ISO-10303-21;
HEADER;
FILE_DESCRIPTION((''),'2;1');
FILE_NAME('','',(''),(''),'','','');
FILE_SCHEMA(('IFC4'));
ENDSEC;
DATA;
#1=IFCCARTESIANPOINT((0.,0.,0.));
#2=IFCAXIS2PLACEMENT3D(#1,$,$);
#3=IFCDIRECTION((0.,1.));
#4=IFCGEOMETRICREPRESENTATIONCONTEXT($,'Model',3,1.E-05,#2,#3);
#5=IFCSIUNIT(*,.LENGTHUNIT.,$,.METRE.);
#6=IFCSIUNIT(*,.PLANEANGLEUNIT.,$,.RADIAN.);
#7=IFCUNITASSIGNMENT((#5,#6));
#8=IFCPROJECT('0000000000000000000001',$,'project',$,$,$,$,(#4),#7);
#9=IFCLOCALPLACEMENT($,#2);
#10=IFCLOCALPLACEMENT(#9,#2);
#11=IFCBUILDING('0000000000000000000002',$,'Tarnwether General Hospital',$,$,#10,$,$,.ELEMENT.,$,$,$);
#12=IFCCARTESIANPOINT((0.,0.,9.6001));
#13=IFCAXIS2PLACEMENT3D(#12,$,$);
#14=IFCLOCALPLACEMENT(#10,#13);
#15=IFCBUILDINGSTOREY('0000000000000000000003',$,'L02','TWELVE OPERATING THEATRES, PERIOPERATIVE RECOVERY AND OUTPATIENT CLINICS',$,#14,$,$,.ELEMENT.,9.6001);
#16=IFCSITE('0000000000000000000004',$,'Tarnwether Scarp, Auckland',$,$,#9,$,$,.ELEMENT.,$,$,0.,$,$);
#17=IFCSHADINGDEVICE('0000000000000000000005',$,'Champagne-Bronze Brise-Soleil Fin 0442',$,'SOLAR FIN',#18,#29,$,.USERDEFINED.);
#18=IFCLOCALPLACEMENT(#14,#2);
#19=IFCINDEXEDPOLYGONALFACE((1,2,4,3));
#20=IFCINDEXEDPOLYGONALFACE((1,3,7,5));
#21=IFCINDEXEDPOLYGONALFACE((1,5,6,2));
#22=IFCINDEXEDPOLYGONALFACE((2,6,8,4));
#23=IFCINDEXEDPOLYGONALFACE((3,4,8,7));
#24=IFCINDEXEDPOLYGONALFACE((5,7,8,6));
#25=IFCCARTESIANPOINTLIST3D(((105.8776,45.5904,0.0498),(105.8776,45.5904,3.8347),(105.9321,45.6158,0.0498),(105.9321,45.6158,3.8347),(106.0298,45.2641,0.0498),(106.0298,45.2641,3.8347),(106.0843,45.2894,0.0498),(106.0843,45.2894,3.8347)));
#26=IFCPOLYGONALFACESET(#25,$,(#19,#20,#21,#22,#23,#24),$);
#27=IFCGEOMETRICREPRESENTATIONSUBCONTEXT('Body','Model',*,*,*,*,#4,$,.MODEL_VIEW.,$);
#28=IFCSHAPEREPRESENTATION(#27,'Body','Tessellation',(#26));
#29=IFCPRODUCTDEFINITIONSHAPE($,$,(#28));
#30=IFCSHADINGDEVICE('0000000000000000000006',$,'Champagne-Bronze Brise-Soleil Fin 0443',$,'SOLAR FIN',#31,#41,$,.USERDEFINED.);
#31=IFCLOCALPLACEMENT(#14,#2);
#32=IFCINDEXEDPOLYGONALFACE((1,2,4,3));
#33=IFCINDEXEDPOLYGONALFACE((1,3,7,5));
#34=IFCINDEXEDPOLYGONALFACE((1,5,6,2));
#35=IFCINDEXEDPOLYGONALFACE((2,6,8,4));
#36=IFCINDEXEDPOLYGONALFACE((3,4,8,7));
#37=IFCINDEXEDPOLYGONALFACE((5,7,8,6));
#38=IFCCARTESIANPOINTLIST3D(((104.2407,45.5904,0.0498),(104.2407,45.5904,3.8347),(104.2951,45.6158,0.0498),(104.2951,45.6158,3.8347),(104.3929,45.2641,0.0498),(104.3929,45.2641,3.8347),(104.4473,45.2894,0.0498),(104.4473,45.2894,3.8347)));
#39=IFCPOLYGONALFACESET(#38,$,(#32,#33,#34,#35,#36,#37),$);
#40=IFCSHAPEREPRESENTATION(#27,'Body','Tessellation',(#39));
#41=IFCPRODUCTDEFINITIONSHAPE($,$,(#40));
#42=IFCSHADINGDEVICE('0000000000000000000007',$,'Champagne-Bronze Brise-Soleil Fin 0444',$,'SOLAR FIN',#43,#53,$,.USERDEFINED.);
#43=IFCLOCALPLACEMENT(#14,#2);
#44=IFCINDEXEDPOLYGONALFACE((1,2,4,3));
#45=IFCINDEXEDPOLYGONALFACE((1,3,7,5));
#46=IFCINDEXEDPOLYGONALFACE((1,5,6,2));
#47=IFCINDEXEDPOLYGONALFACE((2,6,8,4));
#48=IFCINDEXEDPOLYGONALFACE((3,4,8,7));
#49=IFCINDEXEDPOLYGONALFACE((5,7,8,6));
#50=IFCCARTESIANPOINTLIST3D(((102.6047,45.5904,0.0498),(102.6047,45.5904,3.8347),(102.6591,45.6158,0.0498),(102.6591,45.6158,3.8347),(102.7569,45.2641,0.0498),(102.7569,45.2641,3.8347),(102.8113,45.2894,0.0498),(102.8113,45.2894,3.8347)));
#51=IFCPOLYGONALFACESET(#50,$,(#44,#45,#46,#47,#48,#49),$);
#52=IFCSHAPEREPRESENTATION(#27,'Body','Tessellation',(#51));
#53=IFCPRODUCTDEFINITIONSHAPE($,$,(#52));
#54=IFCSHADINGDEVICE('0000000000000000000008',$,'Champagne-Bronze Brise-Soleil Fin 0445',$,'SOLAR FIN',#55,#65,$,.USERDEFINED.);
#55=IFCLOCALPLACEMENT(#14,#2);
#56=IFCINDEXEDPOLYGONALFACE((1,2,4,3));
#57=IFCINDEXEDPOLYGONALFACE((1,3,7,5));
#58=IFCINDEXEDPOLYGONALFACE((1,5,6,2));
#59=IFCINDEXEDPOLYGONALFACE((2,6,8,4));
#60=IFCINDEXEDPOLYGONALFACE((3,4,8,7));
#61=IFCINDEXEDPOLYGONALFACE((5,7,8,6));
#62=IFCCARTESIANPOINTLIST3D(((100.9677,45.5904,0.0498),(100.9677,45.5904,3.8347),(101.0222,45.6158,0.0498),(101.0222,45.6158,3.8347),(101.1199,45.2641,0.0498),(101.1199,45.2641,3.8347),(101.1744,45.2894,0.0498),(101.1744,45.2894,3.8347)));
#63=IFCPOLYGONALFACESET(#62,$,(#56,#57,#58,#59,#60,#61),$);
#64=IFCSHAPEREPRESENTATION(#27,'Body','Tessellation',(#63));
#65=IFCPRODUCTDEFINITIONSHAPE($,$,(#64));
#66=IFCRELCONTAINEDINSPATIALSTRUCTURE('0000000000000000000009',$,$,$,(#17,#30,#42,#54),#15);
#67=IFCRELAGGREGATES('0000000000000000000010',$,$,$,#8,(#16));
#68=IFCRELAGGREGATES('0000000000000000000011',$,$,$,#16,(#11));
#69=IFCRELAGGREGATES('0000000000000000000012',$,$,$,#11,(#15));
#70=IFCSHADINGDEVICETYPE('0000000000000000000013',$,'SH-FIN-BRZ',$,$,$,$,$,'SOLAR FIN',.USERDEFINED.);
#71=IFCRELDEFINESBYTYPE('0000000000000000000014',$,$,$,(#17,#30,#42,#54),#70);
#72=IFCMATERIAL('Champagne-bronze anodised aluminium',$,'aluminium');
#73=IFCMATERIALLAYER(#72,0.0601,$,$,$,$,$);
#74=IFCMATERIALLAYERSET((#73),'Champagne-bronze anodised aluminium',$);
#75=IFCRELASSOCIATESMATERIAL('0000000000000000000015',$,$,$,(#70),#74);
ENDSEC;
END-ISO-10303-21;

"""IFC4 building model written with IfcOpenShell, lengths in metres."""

from ifc_helpers import new_model, si_unit, direction, frame, origin, origin_2d, place, context, subcontext, project, spatial, rectangle, extrude, material, layer, layer_set, type_object, element, save


model = new_model("IFC4")

# Units and contexts
model_context = context("Model", 3, precision=1e-05, world=origin(), true_north=direction((0.0, 1.0)))
body_context = subcontext(model_context, "Body", "Model", "MODEL_VIEW")
ifc_project = project(units=[si_unit("LENGTHUNIT", "METRE"), si_unit("PLANEANGLEUNIT", "RADIAN")], contexts=[model_context])

# Site, building, storey
site_placement = place(None, origin())
site = spatial("IfcSite", under=ifc_project, at=site_placement, Name="Tarnwether Scarp, Auckland", CompositionType="ELEMENT", RefElevation=0.0)
building_placement = place(site_placement, origin())
building = spatial("IfcBuilding", under=site, at=building_placement, Name="Tarnwether General Hospital", CompositionType="ELEMENT")
storey_placement = place(building_placement, frame((0.0, 0.0, 9.6001)))
storey = spatial("IfcBuildingStorey", under=building, at=storey_placement, Name="L02", Description="TWELVE OPERATING THEATRES, PERIOPERATIVE RECOVERY AND OUTPATIENT CLINICS", CompositionType="ELEMENT", Elevation=9.6001)

# Shading devices
ifc_material_1 = material(Name="Champagne-bronze anodised aluminium", Category="aluminium")
ifc_layer_1 = layer(ifc_material_1, 0.0601)
ifc_layer_set_1 = layer_set([ifc_layer_1], Name="Champagne-bronze anodised aluminium")
shading_device_type = type_object("IfcShadingDeviceType", Name="SH-FIN-BRZ", ElementType="SOLAR FIN", PredefinedType="USERDEFINED", material=ifc_layer_set_1)
for number, where, z_axis, x_axis, name in (
    (1, (105.981, 45.4399, 0.0498), (0.0, 0.0, 1.0), (-0.906308, -0.422618, 0.0), "Champagne-Bronze Brise-Soleil Fin 0442"),
    (2, (104.344, 45.4399, 0.0498), (0.0, 0.0, 1.0), (-0.906308, -0.422618, 0.0), "Champagne-Bronze Brise-Soleil Fin 0443"),
    (3, (102.708, 45.4399, 0.0498), (0.0, 0.0, 1.0), (-0.906308, -0.422618, 0.0), "Champagne-Bronze Brise-Soleil Fin 0444"),
    (4, (101.071, 45.4399, 0.0498), (0.0, 0.0, 1.0), (-0.906308, -0.422618, 0.0), "Champagne-Bronze Brise-Soleil Fin 0445"),
):
    element("IfcShadingDevice", number, at=place(storey_placement, frame(where, z_axis=z_axis, x_axis=x_axis)), inside=storey, type_object=shading_device_type, Name=name, ObjectType="SOLAR FIN", PredefinedType="USERDEFINED", context=body_context, shape_type="SweptSolid", body=[
        extrude(rectangle(XDim=0.0601, YDim=0.3601, at=origin_2d()), origin(), (0.0, 0.0, 1.0), 3.7849),
    ])

save(model, "model.ifc")
